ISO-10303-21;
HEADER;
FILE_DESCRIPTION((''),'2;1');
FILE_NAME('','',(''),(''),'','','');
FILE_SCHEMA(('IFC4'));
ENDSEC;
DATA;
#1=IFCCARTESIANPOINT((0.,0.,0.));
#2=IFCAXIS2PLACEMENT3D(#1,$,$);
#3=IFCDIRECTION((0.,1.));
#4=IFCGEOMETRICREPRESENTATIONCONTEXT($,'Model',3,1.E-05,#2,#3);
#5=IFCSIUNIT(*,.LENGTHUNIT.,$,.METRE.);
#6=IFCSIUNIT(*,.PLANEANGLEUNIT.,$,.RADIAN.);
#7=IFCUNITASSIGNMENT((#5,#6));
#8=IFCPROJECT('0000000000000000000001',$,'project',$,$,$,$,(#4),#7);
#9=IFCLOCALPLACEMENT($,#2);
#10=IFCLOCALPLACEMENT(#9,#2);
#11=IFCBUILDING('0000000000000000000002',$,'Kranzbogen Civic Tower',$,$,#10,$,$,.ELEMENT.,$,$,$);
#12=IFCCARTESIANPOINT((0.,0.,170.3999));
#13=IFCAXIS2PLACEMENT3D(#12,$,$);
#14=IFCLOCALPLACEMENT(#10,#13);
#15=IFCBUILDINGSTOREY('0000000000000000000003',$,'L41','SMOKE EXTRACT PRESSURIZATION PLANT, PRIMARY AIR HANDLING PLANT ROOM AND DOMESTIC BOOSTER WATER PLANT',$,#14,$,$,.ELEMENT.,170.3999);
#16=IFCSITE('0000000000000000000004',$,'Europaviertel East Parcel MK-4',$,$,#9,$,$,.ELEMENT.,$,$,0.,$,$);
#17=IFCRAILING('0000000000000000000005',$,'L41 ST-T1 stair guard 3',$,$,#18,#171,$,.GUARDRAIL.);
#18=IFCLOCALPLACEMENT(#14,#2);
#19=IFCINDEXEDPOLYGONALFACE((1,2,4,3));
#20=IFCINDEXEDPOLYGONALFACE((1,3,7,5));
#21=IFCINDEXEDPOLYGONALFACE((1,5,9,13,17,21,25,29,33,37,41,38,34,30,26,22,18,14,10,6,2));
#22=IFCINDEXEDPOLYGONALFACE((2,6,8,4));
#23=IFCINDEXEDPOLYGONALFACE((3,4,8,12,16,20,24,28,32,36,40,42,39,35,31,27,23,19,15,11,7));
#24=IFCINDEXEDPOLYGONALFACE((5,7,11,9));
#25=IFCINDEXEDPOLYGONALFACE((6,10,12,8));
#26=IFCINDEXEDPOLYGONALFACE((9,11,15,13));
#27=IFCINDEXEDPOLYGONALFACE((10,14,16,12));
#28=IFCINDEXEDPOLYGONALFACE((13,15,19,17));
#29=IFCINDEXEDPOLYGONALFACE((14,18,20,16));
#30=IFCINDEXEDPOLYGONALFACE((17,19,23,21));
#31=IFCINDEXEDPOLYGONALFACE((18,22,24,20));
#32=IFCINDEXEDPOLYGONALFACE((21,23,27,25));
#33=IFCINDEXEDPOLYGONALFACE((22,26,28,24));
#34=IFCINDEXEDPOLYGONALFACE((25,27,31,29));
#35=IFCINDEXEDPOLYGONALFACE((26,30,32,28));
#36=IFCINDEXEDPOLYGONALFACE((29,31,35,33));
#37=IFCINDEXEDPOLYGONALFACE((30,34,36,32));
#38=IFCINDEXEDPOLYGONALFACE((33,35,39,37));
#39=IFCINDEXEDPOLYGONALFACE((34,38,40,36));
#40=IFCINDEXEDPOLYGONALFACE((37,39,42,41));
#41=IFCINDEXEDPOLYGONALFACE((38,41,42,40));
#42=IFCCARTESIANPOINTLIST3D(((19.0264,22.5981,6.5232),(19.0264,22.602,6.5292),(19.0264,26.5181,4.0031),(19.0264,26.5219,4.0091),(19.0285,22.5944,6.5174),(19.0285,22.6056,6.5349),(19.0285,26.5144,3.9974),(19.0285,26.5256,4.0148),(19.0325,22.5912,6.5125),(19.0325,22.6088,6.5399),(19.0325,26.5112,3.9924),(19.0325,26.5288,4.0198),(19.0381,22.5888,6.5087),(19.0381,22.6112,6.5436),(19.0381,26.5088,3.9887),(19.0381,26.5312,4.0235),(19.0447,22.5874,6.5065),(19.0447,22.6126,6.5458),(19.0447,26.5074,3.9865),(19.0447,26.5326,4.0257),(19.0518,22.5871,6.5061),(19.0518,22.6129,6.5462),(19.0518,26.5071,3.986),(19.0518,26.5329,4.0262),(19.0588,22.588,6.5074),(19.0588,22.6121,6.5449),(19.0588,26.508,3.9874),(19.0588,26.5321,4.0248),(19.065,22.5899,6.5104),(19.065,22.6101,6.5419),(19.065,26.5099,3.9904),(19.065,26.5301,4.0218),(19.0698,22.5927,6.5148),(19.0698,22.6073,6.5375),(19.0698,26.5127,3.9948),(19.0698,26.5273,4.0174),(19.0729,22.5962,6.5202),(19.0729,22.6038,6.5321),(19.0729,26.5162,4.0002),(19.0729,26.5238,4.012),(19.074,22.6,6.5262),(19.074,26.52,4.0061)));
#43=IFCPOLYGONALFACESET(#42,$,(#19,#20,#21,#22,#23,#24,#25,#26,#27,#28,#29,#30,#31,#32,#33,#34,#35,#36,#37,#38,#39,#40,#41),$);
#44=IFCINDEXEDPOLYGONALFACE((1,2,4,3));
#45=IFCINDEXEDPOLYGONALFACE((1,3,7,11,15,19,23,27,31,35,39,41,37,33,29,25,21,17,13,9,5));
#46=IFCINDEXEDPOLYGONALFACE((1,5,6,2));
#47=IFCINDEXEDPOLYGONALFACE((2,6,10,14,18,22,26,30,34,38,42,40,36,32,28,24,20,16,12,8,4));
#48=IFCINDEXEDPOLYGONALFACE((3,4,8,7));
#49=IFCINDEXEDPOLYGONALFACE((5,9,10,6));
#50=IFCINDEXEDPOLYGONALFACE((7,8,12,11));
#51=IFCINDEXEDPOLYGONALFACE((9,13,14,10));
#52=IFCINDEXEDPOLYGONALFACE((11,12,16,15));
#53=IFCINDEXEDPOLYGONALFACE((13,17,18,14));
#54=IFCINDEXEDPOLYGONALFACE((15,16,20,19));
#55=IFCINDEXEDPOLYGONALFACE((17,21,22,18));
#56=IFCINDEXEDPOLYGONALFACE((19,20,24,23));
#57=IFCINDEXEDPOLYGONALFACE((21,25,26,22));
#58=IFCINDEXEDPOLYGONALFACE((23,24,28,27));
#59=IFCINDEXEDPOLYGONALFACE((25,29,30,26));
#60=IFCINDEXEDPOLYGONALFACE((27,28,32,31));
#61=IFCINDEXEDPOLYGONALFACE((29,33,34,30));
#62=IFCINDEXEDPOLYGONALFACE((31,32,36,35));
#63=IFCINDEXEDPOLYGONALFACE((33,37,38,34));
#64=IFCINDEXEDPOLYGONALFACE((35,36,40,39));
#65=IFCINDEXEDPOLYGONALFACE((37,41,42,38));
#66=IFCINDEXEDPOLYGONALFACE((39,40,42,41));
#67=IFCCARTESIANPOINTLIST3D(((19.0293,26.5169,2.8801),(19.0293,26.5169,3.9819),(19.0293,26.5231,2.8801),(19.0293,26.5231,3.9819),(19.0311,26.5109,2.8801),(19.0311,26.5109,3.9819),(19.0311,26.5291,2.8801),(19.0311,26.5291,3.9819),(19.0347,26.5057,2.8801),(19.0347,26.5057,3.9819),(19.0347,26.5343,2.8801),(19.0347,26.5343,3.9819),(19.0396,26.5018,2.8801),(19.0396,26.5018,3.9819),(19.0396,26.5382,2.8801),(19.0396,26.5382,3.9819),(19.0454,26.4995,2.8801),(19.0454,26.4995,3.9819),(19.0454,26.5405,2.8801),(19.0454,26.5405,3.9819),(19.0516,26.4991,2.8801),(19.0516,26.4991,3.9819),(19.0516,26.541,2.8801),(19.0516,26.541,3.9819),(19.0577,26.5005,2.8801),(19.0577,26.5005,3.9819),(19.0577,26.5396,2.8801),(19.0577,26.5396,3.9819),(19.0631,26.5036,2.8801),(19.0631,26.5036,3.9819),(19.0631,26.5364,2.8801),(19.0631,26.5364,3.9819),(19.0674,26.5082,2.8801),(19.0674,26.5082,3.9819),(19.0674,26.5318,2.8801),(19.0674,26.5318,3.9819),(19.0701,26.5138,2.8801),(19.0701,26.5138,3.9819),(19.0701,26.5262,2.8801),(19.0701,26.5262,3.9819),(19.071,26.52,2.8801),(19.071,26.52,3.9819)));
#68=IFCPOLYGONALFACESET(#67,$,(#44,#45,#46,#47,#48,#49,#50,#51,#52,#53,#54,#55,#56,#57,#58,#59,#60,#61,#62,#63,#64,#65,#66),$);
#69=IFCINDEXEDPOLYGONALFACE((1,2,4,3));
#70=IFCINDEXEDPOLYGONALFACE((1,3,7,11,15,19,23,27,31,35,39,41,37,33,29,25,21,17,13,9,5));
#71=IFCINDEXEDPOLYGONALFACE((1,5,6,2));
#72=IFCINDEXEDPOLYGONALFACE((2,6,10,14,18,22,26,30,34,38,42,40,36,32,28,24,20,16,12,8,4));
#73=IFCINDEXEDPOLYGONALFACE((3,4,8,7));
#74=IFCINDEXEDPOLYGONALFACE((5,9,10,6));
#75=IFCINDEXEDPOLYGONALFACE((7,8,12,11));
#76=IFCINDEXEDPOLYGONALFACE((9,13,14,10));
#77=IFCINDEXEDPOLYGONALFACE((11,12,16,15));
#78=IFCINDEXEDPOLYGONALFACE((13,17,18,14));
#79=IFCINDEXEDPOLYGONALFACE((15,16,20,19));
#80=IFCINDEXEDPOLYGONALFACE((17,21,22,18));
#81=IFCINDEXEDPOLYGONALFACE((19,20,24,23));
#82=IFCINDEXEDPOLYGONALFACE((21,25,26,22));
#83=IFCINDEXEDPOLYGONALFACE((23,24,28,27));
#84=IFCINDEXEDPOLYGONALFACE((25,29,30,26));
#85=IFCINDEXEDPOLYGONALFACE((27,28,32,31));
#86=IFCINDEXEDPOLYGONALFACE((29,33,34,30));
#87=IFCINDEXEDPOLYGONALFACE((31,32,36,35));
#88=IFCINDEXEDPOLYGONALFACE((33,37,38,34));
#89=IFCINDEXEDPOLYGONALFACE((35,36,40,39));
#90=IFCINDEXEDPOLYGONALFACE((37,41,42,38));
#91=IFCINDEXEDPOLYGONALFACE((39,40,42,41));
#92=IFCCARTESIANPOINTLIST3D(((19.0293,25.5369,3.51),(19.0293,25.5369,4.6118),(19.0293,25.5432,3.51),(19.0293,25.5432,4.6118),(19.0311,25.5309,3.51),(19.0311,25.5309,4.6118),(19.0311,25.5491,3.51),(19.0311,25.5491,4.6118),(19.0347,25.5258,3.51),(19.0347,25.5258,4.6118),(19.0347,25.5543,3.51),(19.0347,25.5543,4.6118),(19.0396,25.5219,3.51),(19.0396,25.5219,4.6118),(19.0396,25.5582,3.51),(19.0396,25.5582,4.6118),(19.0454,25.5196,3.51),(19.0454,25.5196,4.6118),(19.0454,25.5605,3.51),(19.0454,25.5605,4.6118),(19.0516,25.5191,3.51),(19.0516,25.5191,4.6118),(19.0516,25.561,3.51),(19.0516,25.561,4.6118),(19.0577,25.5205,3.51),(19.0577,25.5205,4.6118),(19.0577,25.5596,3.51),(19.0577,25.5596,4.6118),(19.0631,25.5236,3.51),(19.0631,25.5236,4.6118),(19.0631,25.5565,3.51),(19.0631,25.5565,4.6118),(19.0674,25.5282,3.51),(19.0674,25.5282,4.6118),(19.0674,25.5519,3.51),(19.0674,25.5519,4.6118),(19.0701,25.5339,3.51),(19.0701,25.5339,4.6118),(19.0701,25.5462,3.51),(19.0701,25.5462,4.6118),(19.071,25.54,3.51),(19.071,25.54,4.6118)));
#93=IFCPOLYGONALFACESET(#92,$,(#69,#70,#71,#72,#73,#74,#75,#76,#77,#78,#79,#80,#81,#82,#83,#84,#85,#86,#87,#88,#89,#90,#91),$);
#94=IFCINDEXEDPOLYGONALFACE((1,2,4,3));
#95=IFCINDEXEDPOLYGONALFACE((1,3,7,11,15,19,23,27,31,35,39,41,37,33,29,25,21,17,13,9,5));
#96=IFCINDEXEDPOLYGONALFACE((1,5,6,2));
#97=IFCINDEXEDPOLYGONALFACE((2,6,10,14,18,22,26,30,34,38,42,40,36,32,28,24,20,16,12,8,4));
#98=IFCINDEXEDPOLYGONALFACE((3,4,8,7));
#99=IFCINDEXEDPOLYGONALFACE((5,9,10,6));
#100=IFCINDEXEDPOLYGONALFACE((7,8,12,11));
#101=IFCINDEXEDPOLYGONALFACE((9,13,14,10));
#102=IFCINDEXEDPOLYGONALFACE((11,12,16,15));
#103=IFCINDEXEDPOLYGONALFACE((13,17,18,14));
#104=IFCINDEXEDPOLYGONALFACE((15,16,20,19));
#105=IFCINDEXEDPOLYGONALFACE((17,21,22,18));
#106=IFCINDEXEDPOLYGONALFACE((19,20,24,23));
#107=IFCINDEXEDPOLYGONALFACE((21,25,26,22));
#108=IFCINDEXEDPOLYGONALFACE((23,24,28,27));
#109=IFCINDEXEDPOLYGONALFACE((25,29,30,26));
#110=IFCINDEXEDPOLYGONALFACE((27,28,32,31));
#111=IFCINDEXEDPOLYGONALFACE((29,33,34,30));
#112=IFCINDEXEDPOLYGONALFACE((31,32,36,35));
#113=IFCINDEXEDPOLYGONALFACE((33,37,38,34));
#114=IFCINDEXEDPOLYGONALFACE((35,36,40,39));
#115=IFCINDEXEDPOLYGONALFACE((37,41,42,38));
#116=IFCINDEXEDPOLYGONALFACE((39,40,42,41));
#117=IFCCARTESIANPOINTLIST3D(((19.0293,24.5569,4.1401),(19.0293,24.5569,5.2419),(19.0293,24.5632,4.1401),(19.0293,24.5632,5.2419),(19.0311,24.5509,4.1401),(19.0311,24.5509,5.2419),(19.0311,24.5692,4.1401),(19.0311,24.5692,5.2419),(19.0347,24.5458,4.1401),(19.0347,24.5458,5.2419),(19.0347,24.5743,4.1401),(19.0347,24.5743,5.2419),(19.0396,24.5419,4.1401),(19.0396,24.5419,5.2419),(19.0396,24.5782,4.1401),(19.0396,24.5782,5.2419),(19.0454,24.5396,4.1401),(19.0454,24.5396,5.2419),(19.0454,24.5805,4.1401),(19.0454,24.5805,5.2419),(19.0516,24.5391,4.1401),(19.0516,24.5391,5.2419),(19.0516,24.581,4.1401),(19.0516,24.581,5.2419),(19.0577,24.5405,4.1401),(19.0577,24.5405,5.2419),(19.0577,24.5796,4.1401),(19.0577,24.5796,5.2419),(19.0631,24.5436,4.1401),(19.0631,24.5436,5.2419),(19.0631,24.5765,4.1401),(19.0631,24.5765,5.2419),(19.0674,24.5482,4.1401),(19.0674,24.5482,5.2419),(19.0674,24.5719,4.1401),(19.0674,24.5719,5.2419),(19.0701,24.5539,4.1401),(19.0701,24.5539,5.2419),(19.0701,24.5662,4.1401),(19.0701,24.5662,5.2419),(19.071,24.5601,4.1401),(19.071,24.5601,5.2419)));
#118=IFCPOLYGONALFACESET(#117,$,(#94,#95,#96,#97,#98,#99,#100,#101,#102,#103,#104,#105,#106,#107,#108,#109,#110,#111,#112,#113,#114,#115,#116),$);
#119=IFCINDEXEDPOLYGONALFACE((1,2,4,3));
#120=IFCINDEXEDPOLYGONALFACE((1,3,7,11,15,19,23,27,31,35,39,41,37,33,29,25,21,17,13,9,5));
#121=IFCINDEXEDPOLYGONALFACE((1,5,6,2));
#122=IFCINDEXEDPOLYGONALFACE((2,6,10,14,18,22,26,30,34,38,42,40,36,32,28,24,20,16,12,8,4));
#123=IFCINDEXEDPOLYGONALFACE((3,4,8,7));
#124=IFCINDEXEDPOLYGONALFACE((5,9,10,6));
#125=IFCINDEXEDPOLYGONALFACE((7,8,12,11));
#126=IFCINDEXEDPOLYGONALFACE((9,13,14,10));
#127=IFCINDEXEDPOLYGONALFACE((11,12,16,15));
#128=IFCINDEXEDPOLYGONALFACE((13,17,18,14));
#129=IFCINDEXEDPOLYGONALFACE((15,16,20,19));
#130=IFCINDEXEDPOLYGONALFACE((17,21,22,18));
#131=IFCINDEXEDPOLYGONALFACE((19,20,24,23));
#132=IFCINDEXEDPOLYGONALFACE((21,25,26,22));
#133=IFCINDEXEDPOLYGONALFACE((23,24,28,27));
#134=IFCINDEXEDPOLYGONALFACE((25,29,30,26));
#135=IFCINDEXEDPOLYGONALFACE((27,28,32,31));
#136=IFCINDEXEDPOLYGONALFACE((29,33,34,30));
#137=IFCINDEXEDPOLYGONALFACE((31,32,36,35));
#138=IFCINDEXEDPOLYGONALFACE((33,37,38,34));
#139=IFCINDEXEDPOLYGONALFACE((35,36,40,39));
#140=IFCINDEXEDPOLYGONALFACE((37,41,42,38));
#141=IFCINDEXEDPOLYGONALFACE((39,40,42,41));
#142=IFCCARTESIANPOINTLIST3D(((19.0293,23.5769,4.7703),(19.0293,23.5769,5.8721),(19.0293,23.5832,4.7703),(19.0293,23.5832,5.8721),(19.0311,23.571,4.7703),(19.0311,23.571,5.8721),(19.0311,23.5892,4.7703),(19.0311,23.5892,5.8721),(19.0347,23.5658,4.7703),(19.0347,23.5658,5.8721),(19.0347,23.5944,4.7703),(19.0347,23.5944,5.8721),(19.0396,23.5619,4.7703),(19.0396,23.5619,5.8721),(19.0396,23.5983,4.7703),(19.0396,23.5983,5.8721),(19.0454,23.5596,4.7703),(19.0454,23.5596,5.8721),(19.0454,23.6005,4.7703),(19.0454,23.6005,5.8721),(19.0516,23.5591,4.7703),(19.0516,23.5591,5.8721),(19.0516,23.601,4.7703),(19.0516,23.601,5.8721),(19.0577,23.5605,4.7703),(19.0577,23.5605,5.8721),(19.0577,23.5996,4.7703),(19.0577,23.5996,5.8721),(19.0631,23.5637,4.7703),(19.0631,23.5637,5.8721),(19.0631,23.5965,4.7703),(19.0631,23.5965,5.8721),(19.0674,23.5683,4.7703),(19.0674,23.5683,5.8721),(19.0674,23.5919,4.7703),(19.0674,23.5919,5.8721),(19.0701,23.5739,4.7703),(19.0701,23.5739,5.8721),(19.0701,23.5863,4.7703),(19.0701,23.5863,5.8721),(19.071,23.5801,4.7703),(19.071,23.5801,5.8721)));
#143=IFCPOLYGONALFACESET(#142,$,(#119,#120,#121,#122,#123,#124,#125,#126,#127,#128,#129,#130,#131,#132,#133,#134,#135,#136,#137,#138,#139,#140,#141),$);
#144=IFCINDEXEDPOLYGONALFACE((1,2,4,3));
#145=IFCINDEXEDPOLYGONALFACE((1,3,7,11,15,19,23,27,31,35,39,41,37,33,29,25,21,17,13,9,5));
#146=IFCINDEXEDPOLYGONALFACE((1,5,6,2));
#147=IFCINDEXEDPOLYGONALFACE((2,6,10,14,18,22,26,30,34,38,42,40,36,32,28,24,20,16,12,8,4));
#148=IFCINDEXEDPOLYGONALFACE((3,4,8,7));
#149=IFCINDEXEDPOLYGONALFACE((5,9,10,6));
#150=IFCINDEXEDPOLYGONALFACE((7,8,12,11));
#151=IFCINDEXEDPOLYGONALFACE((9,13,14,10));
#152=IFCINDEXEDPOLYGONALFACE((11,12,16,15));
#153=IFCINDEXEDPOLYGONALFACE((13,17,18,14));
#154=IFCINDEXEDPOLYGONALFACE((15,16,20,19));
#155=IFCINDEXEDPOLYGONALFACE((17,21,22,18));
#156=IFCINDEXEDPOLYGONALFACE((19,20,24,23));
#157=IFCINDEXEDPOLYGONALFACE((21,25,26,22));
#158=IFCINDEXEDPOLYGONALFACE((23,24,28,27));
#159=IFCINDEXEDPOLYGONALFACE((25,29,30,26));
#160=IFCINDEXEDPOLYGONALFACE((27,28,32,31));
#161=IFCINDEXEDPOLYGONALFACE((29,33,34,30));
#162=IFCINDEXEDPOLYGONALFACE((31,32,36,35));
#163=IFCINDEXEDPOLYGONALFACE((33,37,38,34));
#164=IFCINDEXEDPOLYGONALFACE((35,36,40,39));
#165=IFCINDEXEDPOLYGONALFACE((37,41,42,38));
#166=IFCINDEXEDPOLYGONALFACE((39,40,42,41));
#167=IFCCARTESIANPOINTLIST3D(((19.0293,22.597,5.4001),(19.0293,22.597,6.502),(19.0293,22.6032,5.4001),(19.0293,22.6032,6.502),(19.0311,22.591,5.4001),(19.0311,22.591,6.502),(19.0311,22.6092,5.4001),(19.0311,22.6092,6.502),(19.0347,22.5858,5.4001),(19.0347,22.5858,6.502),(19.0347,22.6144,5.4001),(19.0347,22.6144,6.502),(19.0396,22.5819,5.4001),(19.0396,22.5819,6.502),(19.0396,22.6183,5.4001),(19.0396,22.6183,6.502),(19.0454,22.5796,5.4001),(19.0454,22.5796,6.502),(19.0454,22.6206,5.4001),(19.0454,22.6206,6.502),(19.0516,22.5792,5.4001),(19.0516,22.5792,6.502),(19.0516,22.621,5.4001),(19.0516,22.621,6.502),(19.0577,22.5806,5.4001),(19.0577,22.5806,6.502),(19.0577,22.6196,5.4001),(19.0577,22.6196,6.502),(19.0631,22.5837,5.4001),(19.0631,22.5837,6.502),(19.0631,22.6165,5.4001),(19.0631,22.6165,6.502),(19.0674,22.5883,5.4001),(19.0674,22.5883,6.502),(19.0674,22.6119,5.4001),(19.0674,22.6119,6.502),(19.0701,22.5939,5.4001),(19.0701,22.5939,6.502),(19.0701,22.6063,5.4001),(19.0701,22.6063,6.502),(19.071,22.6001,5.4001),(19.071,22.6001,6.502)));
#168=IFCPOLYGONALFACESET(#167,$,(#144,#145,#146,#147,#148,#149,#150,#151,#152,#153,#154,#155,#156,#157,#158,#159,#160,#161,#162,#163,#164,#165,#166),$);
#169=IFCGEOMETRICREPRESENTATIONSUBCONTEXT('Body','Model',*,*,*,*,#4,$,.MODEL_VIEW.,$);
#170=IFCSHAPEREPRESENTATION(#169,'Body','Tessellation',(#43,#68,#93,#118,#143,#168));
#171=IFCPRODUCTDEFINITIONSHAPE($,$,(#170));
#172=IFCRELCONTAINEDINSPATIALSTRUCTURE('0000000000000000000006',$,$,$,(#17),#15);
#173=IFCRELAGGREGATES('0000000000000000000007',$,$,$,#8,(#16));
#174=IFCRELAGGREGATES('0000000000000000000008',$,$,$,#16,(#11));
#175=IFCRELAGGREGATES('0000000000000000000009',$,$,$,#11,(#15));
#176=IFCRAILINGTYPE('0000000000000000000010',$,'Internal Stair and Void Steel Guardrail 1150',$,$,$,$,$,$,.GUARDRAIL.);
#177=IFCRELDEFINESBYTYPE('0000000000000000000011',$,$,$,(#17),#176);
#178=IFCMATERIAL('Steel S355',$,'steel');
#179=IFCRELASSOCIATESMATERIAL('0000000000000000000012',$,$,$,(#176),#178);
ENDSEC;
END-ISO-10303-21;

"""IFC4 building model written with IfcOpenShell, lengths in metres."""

from ifc_helpers import new_model, si_unit, direction, frame, origin, origin_2d, place, context, subcontext, project, spatial, circle, extrude, material, type_object, element, save


model = new_model("IFC4")

# Units and contexts
model_context = context("Model", 3, precision=1e-05, world=origin(), true_north=direction((0.0, 1.0)))
body_context = subcontext(model_context, "Body", "Model", "MODEL_VIEW")
ifc_project = project(units=[si_unit("LENGTHUNIT", "METRE"), si_unit("PLANEANGLEUNIT", "RADIAN")], contexts=[model_context])

# Site, building, storey
site_placement = place(None, origin())
site = spatial("IfcSite", under=ifc_project, at=site_placement, Name="Europaviertel East Parcel MK-4", CompositionType="ELEMENT", RefElevation=0.0)
building_placement = place(site_placement, origin())
building = spatial("IfcBuilding", under=site, at=building_placement, Name="Kranzbogen Civic Tower", CompositionType="ELEMENT")
storey_placement = place(building_placement, frame((0.0, 0.0, 170.3999)))
storey = spatial("IfcBuildingStorey", under=building, at=storey_placement, Name="L41", Description="SMOKE EXTRACT PRESSURIZATION PLANT, PRIMARY AIR HANDLING PLANT ROOM AND DOMESTIC BOOSTER WATER PLANT", CompositionType="ELEMENT", Elevation=170.3999)

# Shared definitions
ifc_material_1 = material(Name="Steel S355", Category="steel")

# Railing
railing_type_1 = type_object("IfcRailingType", Name="Internal Stair and Void Steel Guardrail 1150", PredefinedType="GUARDRAIL", material=ifc_material_1)
railing_1_placement = place(storey_placement, frame((19.05, 26.52, 2.8801)))
element("IfcRailing", 1, at=railing_1_placement, inside=storey, type_object=railing_type_1, Name="L41 ST-T1 stair guard 3", PredefinedType="GUARDRAIL", context=body_context, shape_type="SweptSolid", body=[
    extrude(circle(Radius=0.0239, at=origin_2d()), frame((0.0, 0.0, 1.126), z_axis=(0.0, -0.841172, 0.540768), x_axis=(1.0, 0.0, 0.0)), (0.0, 0.0, 1.0), 4.6602),
    extrude(circle(Radius=0.021, at=origin_2d()), origin(), (0.0, 0.0, 1.0), 1.1018),
    extrude(circle(Radius=0.021, at=origin_2d()), frame((0.0, -0.98, 0.6299)), (0.0, 0.0, 1.0), 1.1018),
    extrude(circle(Radius=0.021, at=origin_2d()), frame((0.0, -1.96, 1.26)), (0.0, 0.0, 1.0), 1.1018),
    extrude(circle(Radius=0.021, at=origin_2d()), frame((0.0, -2.9399, 1.8901)), (0.0, 0.0, 1.0), 1.1018),
    extrude(circle(Radius=0.021, at=origin_2d()), frame((0.0, -3.9199, 2.52)), (0.0, 0.0, 1.0), 1.1018),
])

save(model, "model.ifc")
